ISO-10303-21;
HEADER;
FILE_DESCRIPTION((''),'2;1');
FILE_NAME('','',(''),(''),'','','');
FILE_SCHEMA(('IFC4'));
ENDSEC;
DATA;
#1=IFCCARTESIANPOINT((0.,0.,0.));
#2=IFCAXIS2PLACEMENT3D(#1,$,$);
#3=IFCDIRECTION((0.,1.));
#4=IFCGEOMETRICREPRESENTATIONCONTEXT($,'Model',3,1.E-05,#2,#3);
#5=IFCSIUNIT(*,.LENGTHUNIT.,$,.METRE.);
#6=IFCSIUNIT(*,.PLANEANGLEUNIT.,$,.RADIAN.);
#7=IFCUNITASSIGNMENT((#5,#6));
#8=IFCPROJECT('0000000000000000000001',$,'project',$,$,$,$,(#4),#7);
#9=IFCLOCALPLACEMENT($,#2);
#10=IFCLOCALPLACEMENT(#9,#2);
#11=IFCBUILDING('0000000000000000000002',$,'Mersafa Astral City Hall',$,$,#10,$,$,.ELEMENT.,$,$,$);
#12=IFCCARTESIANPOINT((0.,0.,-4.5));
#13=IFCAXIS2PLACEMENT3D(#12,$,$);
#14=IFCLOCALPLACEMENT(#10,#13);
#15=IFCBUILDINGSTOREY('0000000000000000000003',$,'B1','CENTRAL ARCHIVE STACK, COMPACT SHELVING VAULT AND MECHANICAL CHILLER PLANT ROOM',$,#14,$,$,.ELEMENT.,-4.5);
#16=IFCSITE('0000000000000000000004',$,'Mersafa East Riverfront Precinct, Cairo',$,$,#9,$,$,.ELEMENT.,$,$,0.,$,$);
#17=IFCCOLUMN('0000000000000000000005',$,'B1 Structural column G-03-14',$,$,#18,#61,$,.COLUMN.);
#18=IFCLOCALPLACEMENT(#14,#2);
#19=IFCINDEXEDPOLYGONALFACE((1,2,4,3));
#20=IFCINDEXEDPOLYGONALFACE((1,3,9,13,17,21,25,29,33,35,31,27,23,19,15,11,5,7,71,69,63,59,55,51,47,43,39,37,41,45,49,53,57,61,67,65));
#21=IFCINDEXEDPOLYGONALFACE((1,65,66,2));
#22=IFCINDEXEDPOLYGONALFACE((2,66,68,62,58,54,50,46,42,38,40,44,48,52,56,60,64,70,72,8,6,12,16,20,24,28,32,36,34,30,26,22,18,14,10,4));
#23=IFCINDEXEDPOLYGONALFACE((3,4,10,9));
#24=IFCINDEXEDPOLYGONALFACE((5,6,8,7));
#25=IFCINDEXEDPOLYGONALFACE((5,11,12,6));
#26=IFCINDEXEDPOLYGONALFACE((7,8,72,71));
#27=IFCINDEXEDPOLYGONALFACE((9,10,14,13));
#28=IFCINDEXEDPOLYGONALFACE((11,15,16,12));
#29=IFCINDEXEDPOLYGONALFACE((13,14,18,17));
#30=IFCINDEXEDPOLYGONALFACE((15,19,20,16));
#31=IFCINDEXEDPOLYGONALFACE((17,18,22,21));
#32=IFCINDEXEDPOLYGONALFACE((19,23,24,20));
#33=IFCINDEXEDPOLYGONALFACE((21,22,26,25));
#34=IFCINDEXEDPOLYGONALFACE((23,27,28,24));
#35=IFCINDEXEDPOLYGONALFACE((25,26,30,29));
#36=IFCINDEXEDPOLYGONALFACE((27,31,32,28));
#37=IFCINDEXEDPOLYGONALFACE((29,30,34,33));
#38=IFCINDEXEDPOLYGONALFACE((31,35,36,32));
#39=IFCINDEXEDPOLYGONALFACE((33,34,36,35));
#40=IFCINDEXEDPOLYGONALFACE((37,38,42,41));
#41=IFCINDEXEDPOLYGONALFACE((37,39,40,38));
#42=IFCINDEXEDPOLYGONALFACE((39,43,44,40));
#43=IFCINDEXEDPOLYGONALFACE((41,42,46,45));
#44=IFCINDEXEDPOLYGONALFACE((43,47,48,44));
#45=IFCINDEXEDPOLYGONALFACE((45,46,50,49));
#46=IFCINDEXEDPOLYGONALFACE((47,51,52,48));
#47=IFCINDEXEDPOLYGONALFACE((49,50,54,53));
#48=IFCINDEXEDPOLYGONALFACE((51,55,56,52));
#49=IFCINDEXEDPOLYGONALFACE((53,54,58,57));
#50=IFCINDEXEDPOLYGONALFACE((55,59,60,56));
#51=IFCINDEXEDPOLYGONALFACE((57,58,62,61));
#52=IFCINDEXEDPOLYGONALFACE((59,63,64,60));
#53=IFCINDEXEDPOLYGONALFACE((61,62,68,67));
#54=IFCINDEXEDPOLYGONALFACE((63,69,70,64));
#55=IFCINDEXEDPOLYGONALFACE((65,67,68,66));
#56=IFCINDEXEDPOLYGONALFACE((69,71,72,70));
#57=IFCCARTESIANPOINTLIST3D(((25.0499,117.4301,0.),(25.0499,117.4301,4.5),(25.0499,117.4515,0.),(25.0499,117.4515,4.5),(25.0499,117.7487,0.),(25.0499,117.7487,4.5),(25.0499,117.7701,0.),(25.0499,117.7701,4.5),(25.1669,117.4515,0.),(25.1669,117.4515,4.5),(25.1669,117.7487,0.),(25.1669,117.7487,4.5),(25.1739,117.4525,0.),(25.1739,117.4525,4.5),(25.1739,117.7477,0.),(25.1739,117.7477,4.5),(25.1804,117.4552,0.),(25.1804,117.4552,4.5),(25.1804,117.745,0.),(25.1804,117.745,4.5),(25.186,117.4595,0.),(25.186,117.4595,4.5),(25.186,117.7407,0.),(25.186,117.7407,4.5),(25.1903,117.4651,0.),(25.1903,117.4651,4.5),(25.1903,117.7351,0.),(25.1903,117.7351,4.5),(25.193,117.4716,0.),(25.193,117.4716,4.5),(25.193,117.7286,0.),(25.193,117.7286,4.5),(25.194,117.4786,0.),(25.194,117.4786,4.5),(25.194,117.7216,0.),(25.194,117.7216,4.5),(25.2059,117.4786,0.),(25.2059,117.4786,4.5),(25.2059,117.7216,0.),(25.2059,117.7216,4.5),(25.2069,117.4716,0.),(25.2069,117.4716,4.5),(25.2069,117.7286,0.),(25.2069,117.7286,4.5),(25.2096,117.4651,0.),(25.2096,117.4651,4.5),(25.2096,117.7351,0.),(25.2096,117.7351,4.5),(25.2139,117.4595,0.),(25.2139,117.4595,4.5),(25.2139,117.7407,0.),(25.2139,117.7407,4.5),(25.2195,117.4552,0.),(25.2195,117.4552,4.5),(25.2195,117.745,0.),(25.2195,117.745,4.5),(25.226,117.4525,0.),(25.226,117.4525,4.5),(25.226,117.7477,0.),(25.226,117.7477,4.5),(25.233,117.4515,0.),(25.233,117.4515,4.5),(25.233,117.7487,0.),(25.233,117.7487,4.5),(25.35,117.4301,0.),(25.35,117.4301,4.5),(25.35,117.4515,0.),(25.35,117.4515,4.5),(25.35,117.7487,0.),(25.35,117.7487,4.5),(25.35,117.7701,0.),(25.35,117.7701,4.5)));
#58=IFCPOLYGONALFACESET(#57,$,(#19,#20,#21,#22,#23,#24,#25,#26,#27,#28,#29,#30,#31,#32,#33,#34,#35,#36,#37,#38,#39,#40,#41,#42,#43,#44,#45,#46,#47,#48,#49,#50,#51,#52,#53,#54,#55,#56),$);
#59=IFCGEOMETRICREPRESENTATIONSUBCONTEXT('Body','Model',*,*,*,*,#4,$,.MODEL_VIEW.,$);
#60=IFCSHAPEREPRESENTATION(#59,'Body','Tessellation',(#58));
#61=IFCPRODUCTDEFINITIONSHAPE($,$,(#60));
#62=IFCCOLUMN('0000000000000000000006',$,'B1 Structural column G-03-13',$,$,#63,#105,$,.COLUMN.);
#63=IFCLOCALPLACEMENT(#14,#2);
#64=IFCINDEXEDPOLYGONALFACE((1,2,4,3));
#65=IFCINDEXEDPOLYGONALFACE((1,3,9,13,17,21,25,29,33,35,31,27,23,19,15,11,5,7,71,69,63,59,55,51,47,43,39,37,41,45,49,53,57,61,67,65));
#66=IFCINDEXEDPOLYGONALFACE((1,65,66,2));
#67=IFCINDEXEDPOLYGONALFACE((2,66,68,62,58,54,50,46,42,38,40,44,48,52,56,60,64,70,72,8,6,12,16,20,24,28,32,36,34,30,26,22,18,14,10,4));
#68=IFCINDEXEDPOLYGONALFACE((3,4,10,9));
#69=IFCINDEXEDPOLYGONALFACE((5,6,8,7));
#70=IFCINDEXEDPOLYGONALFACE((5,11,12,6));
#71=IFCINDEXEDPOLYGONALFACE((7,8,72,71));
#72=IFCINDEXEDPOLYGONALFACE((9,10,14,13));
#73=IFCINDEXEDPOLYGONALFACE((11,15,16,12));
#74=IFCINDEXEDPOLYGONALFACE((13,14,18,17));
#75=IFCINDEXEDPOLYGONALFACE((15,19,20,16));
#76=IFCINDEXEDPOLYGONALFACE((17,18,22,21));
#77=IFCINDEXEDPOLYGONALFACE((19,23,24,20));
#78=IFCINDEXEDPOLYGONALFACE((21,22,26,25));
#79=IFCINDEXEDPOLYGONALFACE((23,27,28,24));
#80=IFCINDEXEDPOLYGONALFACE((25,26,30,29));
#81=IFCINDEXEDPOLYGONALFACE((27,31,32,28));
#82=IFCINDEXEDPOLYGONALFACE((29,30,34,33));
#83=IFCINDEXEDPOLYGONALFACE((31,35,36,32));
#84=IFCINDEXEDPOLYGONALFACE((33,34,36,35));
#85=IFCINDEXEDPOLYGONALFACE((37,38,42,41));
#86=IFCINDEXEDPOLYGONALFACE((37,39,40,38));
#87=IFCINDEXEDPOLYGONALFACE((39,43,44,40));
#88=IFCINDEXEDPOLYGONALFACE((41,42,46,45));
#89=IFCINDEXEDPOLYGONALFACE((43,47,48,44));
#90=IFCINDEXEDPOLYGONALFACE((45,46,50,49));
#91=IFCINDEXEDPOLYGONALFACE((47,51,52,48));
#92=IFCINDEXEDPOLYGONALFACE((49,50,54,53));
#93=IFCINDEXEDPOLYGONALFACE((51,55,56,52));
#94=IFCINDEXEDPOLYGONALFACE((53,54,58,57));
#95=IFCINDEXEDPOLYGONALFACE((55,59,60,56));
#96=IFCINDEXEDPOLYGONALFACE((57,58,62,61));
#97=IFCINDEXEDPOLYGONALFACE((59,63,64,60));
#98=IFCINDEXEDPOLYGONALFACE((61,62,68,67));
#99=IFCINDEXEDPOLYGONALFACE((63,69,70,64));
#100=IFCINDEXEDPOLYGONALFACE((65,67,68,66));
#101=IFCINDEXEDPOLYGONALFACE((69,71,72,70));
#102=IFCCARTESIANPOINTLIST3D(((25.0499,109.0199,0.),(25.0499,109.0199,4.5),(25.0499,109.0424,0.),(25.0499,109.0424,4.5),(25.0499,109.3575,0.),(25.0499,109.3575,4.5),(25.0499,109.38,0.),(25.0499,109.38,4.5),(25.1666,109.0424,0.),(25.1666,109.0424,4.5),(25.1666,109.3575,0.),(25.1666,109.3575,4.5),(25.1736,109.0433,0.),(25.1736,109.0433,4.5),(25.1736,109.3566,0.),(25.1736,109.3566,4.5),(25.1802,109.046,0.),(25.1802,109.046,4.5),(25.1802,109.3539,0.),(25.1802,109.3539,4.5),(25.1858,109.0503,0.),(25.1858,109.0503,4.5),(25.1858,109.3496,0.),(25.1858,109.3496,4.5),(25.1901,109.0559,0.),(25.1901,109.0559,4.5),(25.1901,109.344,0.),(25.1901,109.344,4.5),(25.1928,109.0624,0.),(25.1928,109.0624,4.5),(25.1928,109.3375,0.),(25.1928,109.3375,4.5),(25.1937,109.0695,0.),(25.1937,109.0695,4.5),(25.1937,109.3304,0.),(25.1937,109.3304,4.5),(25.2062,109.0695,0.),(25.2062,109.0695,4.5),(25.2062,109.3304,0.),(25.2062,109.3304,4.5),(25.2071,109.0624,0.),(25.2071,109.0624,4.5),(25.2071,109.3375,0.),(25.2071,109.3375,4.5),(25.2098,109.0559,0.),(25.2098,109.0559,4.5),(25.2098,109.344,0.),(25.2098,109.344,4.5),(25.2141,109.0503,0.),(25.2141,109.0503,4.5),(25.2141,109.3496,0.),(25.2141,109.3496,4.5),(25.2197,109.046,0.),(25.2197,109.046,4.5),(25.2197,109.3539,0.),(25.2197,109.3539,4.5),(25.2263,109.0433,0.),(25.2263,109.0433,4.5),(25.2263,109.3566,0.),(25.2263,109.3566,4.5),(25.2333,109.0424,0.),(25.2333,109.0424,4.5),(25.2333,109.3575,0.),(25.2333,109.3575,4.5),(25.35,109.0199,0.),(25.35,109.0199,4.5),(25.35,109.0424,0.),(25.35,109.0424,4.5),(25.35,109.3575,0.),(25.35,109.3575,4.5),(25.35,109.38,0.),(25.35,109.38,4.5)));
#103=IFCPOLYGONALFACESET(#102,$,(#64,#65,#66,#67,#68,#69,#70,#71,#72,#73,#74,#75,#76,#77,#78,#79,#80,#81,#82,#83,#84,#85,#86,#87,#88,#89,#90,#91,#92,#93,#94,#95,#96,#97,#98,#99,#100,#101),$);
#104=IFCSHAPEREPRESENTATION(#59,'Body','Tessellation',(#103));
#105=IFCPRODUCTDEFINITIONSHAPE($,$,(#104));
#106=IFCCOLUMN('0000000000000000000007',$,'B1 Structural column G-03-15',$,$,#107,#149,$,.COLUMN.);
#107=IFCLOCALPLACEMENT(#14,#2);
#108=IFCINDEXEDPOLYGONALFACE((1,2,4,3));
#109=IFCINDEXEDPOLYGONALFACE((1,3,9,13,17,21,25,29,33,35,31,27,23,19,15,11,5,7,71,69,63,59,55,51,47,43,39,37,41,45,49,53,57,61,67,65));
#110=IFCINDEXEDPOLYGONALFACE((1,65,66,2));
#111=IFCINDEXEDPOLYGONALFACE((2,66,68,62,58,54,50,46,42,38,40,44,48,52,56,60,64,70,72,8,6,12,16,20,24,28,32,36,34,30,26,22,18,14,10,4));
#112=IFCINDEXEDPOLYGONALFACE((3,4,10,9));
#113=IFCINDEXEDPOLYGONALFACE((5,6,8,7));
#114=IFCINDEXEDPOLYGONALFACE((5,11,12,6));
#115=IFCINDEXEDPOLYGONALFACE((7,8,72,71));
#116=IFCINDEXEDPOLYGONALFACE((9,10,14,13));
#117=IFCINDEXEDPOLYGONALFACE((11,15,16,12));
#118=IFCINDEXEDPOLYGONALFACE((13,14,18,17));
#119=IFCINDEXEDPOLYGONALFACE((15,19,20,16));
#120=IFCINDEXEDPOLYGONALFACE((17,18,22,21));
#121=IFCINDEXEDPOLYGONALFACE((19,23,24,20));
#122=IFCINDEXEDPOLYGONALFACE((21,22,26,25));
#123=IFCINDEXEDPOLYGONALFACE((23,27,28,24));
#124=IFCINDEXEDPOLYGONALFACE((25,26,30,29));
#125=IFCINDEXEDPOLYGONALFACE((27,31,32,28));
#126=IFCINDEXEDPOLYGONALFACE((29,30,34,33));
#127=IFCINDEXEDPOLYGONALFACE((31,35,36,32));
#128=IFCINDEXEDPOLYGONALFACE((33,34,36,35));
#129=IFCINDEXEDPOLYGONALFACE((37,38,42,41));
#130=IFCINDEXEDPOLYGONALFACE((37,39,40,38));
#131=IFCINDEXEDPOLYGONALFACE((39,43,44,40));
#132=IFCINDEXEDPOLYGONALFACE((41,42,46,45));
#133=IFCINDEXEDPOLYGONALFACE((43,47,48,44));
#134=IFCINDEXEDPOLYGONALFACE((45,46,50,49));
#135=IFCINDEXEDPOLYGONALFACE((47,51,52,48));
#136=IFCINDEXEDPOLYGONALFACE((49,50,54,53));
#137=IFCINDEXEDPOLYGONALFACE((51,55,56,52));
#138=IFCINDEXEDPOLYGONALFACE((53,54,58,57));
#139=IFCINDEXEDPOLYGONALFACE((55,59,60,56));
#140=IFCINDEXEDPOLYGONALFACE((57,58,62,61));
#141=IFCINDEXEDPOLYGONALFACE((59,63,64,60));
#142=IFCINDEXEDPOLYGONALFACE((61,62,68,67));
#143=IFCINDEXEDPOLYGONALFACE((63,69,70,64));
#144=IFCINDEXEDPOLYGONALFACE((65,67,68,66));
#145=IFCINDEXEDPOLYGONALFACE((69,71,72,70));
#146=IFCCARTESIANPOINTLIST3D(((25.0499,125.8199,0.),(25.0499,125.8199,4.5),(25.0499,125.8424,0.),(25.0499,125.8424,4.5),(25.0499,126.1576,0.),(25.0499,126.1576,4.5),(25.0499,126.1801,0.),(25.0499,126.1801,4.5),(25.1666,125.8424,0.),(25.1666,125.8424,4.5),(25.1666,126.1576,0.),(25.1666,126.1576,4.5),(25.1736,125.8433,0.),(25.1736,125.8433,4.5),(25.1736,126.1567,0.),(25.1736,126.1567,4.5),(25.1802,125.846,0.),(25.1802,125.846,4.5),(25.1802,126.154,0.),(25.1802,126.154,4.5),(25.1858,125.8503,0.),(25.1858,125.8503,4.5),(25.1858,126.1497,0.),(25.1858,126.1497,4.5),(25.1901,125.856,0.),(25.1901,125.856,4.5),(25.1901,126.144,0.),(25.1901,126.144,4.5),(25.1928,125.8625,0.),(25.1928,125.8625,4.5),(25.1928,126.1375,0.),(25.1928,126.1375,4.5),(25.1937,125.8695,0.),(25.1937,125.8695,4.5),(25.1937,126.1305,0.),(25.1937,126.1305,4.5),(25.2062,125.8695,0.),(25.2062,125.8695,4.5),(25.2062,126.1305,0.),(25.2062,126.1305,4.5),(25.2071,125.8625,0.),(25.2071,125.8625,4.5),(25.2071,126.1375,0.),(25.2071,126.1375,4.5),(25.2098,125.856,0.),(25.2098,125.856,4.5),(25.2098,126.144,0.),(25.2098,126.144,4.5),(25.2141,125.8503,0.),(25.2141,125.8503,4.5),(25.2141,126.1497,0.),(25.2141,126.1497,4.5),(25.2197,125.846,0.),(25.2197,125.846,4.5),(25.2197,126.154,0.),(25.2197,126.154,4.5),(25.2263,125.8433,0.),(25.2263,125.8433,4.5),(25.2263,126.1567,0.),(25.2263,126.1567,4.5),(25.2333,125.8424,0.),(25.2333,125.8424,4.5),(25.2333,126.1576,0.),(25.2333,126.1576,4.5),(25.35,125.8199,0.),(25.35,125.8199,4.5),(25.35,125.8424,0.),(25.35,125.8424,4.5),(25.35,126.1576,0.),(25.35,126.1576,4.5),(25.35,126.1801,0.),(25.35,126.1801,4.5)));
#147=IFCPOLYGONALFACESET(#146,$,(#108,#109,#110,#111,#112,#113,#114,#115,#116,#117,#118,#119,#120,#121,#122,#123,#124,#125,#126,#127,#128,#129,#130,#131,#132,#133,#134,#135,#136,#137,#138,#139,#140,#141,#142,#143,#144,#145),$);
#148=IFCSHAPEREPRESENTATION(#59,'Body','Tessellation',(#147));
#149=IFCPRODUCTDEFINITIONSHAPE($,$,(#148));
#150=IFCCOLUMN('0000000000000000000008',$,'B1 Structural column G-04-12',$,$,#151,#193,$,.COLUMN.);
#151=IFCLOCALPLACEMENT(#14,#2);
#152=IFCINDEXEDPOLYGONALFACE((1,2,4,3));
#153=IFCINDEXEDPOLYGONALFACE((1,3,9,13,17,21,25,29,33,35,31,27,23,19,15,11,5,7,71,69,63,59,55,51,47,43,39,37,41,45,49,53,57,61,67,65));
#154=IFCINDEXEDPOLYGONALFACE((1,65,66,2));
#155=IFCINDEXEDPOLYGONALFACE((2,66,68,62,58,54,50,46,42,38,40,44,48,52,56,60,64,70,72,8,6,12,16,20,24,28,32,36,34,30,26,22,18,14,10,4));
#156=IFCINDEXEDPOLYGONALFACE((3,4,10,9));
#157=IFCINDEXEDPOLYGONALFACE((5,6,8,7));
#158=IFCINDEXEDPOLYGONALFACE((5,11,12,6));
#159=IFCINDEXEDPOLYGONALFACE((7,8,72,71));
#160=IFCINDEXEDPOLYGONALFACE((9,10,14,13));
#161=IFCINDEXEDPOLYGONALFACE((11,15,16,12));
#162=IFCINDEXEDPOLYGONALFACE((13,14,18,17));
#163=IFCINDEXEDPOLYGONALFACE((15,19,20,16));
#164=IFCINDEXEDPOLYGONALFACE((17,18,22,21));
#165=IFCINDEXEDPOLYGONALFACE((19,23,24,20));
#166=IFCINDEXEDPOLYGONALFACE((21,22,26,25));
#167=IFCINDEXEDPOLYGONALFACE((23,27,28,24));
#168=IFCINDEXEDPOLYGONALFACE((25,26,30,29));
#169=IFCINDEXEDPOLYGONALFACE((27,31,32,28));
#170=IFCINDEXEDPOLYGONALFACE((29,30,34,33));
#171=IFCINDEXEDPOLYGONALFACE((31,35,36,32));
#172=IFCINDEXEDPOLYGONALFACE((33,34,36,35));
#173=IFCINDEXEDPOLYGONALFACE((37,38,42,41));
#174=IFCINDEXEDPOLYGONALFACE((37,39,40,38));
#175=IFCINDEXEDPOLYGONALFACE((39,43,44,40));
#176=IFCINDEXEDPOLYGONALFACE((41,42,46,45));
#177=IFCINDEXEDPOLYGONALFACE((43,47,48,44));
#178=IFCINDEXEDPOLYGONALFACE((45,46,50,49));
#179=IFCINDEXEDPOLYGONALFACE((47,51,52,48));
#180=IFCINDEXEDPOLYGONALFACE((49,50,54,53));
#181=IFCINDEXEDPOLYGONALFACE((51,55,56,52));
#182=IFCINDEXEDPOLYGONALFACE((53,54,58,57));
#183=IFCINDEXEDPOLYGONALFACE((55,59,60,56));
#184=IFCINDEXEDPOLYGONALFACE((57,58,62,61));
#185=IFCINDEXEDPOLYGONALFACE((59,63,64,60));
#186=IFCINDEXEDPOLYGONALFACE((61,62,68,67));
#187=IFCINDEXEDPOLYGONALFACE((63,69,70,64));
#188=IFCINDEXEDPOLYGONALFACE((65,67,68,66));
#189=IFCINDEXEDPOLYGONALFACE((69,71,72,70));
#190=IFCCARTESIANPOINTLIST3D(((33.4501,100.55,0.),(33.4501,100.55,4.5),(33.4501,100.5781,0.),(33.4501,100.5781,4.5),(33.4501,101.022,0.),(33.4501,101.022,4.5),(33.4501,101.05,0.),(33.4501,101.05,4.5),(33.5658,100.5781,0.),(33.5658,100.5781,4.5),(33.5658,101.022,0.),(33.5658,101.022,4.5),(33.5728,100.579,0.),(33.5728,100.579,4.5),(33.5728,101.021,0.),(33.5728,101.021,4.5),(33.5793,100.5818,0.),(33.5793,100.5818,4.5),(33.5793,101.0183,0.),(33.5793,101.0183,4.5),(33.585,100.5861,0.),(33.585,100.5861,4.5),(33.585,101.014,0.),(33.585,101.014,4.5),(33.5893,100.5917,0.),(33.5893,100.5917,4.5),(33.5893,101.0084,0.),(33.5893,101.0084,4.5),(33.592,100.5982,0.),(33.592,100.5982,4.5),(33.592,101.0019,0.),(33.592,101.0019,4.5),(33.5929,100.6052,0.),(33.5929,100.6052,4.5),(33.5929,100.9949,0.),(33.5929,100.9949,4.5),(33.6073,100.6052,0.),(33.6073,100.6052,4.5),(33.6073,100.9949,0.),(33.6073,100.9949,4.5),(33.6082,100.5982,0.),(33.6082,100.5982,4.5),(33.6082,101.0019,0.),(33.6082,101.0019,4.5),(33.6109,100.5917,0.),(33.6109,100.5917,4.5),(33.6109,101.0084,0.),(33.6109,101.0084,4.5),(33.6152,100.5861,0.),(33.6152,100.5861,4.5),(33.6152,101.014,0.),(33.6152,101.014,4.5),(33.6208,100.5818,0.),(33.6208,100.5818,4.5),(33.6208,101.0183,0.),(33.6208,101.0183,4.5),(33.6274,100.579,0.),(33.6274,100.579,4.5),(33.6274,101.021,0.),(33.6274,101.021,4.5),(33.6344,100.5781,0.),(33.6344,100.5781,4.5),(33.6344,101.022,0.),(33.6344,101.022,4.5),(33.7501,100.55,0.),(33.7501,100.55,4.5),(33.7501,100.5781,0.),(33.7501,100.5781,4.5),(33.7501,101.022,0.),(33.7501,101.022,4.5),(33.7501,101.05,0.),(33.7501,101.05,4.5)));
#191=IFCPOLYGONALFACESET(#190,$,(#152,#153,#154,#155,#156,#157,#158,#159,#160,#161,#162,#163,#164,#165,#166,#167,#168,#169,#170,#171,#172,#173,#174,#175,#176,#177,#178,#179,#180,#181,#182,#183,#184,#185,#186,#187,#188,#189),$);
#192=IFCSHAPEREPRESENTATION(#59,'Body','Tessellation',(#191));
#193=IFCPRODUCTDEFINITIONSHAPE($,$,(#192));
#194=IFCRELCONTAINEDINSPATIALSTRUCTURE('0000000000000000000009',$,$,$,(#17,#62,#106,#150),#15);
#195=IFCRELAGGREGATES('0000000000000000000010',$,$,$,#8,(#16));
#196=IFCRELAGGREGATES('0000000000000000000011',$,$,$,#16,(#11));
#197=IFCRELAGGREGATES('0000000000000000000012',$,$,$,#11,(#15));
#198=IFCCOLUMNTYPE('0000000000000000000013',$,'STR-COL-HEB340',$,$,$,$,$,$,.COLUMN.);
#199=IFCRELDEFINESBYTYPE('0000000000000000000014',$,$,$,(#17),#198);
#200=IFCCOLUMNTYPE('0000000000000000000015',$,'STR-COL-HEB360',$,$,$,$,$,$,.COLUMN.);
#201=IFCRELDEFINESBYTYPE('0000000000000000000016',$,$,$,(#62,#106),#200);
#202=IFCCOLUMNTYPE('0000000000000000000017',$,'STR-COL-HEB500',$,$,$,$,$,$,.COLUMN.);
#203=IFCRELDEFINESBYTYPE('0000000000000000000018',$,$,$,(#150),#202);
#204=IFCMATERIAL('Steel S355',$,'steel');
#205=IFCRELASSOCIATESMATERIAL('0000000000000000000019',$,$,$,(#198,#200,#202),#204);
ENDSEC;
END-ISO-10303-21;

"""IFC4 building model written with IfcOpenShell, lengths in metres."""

from ifc_helpers import new_model, si_unit, direction, frame, origin, origin_2d, place, context, subcontext, project, spatial, i_section, extrude, material, material_profile, profile_set, type_object, element, save


model = new_model("IFC4")

# Units and contexts
model_context = context("Model", 3, precision=1e-05, world=origin(), true_north=direction((0.0, 1.0)))
body_context = subcontext(model_context, "Body", "Model", "MODEL_VIEW")
ifc_project = project(units=[si_unit("LENGTHUNIT", "METRE"), si_unit("PLANEANGLEUNIT", "RADIAN")], contexts=[model_context])

# Site, building, storey
site_placement = place(None, origin())
site = spatial("IfcSite", under=ifc_project, at=site_placement, Name="Mersafa East Riverfront Precinct, Cairo", CompositionType="ELEMENT", RefElevation=0.0)
building_placement = place(site_placement, origin())
building = spatial("IfcBuilding", under=site, at=building_placement, Name="Mersafa Astral City Hall", CompositionType="ELEMENT")
storey_placement = place(building_placement, frame((0.0, 0.0, -4.5)))
storey = spatial("IfcBuildingStorey", under=building, at=storey_placement, Name="B1", Description="CENTRAL ARCHIVE STACK, COMPACT SHELVING VAULT AND MECHANICAL CHILLER PLANT ROOM", CompositionType="ELEMENT", Elevation=-4.5)

# Columns
ifc_material_1 = material(Name="Steel S355", Category="steel")
ifc_material_profile_1 = material_profile(ifc_material_1, i_section(OverallWidth=0.3, OverallDepth=0.3401, WebThickness=0.012, FlangeThickness=0.0215, FilletRadius=0.0271, at=origin_2d()), Name="HEB 340")
ifc_profile_set_1 = profile_set([ifc_material_profile_1], Name="Steel S355")
column_type_1 = type_object("IfcColumnType", Name="STR-COL-HEB340", PredefinedType="COLUMN", material=ifc_profile_set_1)
column_1_placement = place(storey_placement, frame((25.2, 117.6001, 0.0), z_axis=(0.0, 0.0, 1.0), x_axis=(1.0, 0.0, 0.0)))
element("IfcColumn", 1, at=column_1_placement, inside=storey, type_object=column_type_1, Name="B1 Structural column G-03-14", PredefinedType="COLUMN", context=body_context, shape_type="SweptSolid", body=[
    extrude(i_section(OverallWidth=0.3, OverallDepth=0.3401, WebThickness=0.012, FlangeThickness=0.0215, FilletRadius=0.0271, at=origin_2d()), origin(), (0.0, 0.0, 1.0), 4.5),
])
ifc_material_profile_2 = material_profile(ifc_material_1, i_section(OverallWidth=0.3, OverallDepth=0.3601, WebThickness=0.0125, FlangeThickness=0.0225, FilletRadius=0.0271, at=origin_2d()), Name="HEB 360")
ifc_profile_set_2 = profile_set([ifc_material_profile_2], Name="Steel S355")
column_type_2 = type_object("IfcColumnType", Name="STR-COL-HEB360", PredefinedType="COLUMN", material=ifc_profile_set_2)
for number, where, z_axis, x_axis, name in (
    (2, (25.2, 109.2, 0.0), (0.0, 0.0, 1.0), (1.0, 0.0, 0.0), "B1 Structural column G-03-13"),
    (3, (25.2, 126.0, 0.0), (0.0, 0.0, 1.0), (1.0, 0.0, 0.0), "B1 Structural column G-03-15"),
):
    element("IfcColumn", number, at=place(storey_placement, frame(where, z_axis=z_axis, x_axis=x_axis)), inside=storey, type_object=column_type_2, Name=name, PredefinedType="COLUMN", context=body_context, shape_type="SweptSolid", body=[
        extrude(i_section(OverallWidth=0.3, OverallDepth=0.3601, WebThickness=0.0125, FlangeThickness=0.0225, FilletRadius=0.0271, at=origin_2d()), origin(), (0.0, 0.0, 1.0), 4.5),
    ])
ifc_material_profile_3 = material_profile(ifc_material_1, i_section(OverallWidth=0.3, OverallDepth=0.5, WebThickness=0.0144, FlangeThickness=0.0281, FilletRadius=0.0271, at=origin_2d()), Name="HEB 500")
ifc_profile_set_3 = profile_set([ifc_material_profile_3], Name="Steel S355")
column_type_3 = type_object("IfcColumnType", Name="STR-COL-HEB500", PredefinedType="COLUMN", material=ifc_profile_set_3)
column_2_placement = place(storey_placement, frame((33.6001, 100.8, 0.0), z_axis=(0.0, 0.0, 1.0), x_axis=(1.0, 0.0, 0.0)))
element("IfcColumn", 4, at=column_2_placement, inside=storey, type_object=column_type_3, Name="B1 Structural column G-04-12", PredefinedType="COLUMN", context=body_context, shape_type="SweptSolid", body=[
    extrude(i_section(OverallWidth=0.3, OverallDepth=0.5, WebThickness=0.0144, FlangeThickness=0.0281, FilletRadius=0.0271, at=origin_2d()), origin(), (0.0, 0.0, 1.0), 4.5),
])

save(model, "model.ifc")
